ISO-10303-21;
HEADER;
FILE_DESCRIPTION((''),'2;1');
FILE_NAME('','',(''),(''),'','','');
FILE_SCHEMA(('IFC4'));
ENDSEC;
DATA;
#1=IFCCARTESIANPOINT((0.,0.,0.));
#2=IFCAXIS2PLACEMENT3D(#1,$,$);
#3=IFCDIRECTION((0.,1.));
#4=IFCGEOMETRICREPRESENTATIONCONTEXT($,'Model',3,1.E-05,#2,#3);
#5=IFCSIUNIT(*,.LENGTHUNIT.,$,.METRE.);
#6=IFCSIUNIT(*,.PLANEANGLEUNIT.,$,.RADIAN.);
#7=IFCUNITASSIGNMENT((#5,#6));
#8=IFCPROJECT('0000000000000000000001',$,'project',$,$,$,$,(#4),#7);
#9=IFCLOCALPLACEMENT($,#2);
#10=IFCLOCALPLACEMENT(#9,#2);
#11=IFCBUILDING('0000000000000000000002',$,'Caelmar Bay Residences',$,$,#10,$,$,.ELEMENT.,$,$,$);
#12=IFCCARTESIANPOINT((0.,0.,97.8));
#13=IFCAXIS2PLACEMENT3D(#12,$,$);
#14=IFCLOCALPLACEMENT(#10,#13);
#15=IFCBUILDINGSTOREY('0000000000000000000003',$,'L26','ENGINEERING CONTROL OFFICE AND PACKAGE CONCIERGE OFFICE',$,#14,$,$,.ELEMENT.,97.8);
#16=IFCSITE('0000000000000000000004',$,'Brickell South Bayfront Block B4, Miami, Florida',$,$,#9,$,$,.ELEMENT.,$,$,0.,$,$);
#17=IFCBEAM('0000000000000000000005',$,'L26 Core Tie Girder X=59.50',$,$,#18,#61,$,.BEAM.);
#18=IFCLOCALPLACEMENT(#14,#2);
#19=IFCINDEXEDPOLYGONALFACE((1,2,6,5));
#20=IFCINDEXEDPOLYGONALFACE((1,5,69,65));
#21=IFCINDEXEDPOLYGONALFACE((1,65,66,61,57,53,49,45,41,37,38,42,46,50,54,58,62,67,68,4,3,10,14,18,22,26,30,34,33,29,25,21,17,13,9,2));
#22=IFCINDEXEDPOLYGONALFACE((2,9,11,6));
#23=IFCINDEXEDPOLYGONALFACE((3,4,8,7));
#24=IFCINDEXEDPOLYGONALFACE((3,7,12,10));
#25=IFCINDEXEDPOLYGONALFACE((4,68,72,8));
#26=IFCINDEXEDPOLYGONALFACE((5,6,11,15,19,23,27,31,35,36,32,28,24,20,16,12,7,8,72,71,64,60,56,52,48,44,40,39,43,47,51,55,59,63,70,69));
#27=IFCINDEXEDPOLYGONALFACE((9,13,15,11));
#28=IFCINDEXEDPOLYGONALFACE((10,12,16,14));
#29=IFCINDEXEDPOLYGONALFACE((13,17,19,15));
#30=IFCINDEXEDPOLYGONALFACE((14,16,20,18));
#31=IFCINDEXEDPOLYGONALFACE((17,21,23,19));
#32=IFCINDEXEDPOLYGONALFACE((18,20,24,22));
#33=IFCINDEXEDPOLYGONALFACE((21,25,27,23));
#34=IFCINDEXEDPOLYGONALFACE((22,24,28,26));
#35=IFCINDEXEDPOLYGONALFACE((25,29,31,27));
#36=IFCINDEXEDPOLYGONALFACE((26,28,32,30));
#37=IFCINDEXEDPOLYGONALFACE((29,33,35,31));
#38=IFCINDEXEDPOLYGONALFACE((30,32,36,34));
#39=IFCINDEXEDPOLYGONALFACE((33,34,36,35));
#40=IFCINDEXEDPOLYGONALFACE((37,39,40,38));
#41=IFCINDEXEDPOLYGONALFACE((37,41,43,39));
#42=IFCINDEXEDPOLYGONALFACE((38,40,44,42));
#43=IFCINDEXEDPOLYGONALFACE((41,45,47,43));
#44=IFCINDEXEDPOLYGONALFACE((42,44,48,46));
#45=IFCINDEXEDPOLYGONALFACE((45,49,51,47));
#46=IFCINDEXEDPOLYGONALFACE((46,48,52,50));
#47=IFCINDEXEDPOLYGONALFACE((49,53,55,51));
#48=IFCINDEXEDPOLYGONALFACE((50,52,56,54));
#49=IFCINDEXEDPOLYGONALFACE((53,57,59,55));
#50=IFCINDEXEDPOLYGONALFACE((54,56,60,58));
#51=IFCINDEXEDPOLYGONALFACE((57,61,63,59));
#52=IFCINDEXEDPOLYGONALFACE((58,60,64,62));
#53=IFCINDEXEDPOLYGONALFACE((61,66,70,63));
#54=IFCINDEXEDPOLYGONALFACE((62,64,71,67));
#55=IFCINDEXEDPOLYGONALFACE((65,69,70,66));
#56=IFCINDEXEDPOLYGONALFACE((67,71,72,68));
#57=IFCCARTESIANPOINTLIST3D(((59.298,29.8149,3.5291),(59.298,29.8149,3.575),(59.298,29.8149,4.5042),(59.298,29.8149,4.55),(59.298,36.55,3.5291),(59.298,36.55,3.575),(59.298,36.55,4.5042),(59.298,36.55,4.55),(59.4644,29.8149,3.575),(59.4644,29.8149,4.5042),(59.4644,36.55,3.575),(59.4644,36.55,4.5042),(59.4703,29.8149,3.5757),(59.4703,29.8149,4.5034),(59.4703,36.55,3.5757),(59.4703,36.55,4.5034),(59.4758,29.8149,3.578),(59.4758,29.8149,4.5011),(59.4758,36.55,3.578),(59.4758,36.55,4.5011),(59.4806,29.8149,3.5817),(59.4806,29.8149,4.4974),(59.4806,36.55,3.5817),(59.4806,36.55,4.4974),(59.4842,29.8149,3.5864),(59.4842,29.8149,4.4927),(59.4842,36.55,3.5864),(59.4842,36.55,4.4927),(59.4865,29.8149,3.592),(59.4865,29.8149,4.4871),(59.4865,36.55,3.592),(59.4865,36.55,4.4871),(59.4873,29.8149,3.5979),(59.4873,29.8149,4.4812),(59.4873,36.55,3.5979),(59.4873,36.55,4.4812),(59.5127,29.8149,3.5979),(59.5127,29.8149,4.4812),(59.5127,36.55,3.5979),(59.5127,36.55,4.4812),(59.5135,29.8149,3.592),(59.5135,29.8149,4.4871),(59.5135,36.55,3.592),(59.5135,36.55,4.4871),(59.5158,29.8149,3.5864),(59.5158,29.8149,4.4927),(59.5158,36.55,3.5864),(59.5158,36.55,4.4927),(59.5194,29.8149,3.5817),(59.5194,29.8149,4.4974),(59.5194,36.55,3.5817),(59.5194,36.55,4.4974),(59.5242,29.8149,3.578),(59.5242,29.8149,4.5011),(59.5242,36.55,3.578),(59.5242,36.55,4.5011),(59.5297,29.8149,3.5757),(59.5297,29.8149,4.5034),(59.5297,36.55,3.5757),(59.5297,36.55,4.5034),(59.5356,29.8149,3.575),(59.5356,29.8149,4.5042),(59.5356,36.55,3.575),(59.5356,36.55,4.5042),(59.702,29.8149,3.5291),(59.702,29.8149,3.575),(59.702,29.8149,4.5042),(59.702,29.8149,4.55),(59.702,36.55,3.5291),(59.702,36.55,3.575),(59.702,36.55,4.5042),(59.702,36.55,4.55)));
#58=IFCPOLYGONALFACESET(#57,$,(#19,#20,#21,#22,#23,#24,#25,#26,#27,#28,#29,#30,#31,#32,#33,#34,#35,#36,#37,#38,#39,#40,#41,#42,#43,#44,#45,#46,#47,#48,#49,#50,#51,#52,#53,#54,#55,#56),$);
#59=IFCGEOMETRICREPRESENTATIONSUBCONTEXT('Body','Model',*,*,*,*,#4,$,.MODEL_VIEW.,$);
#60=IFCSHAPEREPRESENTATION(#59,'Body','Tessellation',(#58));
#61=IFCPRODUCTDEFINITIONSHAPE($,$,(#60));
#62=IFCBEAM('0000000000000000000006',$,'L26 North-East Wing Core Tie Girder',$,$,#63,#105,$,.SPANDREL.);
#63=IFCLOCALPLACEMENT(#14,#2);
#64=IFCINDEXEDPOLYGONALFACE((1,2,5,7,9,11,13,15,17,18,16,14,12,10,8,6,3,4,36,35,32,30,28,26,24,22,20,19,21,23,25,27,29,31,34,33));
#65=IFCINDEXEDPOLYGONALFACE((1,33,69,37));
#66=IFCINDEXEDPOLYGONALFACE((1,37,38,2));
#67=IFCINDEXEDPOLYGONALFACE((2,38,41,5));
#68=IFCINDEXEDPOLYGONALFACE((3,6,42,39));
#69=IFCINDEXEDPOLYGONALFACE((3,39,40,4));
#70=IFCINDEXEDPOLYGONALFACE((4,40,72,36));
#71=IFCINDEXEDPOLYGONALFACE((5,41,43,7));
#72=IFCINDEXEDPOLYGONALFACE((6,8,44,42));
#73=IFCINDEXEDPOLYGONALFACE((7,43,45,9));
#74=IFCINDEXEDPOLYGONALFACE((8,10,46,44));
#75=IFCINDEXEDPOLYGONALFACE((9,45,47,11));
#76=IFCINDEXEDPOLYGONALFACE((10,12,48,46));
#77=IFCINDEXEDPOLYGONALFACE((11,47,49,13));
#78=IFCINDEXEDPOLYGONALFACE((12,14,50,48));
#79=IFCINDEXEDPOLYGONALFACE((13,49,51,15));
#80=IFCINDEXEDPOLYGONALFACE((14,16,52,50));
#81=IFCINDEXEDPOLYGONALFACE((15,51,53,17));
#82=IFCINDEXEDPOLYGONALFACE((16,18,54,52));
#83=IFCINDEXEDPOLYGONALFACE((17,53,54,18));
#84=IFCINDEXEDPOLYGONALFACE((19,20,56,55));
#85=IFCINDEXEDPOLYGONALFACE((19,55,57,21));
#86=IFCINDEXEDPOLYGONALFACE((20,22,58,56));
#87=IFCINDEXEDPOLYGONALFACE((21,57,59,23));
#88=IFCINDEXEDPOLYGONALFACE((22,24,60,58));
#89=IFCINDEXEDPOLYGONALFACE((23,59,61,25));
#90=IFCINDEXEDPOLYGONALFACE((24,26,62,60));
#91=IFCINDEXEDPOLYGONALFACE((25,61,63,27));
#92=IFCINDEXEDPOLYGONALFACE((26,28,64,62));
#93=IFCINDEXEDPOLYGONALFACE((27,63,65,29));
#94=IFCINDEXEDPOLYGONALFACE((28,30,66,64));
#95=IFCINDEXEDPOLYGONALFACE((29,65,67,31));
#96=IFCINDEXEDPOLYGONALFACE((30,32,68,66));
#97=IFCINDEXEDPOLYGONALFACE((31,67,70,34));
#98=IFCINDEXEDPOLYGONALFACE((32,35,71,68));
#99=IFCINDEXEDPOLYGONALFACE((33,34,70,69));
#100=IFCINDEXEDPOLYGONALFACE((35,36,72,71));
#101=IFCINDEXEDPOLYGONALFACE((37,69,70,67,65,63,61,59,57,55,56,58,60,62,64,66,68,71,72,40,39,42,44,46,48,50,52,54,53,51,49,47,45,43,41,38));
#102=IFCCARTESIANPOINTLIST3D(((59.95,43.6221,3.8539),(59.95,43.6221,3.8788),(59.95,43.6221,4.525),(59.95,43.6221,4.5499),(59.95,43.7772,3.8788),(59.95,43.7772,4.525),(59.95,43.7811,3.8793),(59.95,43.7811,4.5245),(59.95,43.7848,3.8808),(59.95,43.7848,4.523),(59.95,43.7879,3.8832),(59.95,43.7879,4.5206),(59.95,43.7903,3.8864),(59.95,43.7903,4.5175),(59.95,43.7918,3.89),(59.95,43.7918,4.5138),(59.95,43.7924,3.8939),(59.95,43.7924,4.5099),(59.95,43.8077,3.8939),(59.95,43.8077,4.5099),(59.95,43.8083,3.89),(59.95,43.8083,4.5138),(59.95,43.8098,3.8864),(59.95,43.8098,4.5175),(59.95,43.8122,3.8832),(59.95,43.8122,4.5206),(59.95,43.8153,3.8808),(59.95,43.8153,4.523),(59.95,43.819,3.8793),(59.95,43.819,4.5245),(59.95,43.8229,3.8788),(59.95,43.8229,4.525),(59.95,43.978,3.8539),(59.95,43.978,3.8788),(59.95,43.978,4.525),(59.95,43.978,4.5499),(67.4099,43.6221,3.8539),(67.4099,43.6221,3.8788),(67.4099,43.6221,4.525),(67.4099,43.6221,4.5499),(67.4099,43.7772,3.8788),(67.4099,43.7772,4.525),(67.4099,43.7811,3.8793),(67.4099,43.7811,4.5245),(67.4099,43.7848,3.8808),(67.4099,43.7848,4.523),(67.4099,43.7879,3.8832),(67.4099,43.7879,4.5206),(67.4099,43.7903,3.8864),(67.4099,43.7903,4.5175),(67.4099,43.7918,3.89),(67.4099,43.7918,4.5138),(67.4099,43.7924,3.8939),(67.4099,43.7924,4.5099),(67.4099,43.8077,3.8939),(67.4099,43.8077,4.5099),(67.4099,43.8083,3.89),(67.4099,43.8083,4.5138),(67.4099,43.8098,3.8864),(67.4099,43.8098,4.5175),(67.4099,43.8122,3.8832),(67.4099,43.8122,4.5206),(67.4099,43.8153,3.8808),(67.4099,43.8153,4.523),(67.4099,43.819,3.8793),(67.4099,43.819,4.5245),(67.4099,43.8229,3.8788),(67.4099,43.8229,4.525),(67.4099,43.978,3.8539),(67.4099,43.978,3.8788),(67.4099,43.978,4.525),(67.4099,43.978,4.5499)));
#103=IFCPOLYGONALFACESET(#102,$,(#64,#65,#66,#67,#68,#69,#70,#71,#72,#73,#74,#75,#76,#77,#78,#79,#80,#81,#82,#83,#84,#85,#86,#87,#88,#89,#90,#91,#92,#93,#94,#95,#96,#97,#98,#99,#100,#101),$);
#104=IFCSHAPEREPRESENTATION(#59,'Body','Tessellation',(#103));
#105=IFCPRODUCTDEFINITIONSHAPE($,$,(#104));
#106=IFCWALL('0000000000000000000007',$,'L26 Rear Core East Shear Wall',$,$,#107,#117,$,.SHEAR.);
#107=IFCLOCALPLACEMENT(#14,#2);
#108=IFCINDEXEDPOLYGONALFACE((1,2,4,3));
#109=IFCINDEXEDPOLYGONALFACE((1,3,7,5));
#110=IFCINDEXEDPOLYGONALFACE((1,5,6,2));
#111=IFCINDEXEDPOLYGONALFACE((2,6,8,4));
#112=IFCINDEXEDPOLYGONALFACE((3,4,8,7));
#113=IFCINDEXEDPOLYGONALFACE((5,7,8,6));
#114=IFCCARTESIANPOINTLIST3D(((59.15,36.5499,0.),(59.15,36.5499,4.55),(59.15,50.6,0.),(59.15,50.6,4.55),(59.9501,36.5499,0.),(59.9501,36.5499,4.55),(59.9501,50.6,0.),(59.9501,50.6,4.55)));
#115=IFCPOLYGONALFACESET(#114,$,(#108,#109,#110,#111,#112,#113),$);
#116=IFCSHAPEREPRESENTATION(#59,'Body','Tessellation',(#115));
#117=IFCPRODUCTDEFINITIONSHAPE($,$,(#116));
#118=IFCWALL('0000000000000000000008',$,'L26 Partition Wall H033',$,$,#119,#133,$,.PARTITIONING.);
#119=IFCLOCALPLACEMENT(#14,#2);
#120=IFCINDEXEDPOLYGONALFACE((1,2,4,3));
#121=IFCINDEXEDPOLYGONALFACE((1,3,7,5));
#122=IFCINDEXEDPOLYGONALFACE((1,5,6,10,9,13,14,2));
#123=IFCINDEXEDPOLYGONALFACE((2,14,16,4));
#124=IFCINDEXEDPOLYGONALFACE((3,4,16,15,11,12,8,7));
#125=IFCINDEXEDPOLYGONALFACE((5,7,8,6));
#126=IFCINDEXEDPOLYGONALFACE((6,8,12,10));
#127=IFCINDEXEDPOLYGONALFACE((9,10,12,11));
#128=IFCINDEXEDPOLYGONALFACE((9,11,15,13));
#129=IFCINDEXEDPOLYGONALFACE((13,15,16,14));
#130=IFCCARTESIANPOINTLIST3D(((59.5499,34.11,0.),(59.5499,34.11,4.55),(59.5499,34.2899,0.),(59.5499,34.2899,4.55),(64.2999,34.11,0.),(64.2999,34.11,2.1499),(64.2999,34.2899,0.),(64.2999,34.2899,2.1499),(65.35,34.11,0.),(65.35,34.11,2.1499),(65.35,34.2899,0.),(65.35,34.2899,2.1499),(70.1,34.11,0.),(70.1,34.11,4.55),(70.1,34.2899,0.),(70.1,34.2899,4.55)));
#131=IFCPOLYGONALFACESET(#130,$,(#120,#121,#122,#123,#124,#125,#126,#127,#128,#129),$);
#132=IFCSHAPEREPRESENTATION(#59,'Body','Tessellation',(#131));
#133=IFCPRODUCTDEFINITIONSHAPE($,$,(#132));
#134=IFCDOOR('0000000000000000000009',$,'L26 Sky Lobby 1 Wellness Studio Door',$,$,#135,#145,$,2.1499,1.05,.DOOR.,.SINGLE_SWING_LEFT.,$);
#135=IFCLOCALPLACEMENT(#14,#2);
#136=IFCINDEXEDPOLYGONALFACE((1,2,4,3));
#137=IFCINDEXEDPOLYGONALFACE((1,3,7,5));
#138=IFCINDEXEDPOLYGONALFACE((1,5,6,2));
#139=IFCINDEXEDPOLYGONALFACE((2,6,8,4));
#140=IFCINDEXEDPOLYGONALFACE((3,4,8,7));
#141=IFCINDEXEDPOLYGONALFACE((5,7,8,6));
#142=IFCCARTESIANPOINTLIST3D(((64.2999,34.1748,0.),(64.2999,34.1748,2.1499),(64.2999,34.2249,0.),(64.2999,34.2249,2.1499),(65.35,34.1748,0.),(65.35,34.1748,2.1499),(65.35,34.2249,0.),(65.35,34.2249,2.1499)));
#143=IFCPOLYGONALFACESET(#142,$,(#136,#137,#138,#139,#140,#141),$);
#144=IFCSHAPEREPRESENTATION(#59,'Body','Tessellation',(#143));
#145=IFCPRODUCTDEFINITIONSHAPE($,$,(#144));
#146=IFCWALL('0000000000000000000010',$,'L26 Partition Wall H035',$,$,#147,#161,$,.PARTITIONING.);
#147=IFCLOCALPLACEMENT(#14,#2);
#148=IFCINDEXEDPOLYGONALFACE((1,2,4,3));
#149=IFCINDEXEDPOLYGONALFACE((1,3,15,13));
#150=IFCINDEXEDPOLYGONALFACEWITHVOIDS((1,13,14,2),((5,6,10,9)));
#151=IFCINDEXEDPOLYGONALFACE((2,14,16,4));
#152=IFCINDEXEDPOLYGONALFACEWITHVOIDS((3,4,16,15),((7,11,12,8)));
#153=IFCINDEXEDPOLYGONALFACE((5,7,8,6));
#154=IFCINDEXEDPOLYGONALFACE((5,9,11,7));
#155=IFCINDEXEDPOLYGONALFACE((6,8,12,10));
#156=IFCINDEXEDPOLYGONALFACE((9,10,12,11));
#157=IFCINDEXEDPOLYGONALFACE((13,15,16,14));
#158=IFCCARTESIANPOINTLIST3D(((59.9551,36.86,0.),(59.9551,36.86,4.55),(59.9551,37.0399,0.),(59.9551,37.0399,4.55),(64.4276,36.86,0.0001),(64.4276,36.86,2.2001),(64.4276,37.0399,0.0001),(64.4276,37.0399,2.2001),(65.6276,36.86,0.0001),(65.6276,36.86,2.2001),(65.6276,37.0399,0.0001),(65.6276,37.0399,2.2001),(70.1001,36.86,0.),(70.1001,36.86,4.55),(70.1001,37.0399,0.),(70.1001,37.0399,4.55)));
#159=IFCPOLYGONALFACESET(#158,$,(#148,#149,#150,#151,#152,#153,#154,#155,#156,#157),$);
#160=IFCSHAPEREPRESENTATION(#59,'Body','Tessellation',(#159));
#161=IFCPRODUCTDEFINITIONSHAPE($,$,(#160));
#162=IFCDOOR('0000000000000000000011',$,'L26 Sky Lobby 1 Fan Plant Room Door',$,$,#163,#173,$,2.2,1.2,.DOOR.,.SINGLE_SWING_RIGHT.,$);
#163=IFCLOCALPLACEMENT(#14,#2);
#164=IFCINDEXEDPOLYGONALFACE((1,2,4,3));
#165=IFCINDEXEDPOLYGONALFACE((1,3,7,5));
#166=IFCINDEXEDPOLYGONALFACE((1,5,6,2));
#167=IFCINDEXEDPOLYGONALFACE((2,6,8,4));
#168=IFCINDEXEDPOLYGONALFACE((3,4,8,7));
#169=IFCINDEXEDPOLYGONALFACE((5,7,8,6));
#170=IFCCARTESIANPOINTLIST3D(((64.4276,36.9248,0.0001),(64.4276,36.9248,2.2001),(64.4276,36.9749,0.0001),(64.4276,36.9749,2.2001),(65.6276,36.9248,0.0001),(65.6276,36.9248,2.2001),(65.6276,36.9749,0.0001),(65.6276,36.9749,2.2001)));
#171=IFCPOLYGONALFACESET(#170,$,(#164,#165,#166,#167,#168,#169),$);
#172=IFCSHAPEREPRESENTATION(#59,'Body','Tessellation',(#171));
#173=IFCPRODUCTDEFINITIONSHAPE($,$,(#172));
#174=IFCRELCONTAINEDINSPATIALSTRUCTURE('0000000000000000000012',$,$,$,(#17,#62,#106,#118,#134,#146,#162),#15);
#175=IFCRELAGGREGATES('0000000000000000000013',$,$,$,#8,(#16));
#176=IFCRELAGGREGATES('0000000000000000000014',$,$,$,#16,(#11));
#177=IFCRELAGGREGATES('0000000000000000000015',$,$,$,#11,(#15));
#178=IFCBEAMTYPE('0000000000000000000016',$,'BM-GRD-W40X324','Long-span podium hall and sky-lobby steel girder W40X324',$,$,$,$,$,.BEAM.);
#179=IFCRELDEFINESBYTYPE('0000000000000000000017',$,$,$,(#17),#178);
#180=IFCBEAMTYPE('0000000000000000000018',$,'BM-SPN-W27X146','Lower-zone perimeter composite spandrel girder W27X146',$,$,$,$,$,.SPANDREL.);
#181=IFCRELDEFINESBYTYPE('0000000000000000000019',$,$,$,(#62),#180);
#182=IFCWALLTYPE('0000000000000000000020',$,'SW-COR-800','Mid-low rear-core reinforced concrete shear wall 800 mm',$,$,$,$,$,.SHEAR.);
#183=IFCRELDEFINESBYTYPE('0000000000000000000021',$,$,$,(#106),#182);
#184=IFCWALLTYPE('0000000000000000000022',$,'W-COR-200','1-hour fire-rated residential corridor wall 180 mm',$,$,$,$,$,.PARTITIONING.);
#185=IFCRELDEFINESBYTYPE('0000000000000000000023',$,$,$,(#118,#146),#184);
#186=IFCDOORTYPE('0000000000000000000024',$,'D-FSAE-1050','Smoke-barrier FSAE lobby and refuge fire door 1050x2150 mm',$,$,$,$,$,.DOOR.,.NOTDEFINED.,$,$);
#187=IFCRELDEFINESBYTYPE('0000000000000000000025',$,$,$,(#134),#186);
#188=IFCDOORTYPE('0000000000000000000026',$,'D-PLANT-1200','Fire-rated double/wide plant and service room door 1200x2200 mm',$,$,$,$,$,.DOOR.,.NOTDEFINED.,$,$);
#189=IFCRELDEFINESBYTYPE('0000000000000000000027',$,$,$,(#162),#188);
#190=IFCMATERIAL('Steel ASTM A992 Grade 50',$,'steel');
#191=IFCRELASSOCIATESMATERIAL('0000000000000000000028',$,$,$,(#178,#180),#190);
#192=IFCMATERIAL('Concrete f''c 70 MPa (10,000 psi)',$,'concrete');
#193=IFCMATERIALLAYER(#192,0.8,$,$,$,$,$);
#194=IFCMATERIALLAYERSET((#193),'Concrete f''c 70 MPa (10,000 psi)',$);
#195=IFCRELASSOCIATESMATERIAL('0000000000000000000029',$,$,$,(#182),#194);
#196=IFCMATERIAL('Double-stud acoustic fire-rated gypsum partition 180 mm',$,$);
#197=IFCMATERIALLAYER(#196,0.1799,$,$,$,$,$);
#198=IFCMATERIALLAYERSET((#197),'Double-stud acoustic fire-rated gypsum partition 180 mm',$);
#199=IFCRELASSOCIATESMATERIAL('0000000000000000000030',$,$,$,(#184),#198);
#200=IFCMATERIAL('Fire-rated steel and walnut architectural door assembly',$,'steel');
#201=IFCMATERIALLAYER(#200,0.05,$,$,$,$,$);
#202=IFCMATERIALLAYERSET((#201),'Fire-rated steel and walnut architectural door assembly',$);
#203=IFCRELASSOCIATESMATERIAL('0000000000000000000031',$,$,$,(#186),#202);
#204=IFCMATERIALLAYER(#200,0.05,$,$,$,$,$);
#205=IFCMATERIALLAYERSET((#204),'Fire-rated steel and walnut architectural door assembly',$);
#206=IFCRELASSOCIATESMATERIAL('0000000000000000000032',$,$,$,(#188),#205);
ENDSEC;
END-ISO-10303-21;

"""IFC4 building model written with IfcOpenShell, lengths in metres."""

from ifc_helpers import new_model, si_unit, direction, frame, frame_2d, origin, origin_2d, place, context, subcontext, project, spatial, rectangle, i_section, extrude, material, layer, layer_set, material_profile, profile_set, type_object, element, fill, save


model = new_model("IFC4")

# Units and contexts
model_context = context("Model", 3, precision=1e-05, world=origin(), true_north=direction((0.0, 1.0)))
body_context = subcontext(model_context, "Body", "Model", "MODEL_VIEW")
ifc_project = project(units=[si_unit("LENGTHUNIT", "METRE"), si_unit("PLANEANGLEUNIT", "RADIAN")], contexts=[model_context])

# Site, building, storey
site_placement = place(None, origin())
site = spatial("IfcSite", under=ifc_project, at=site_placement, Name="Brickell South Bayfront Block B4, Miami, Florida", CompositionType="ELEMENT", RefElevation=0.0)
building_placement = place(site_placement, origin())
building = spatial("IfcBuilding", under=site, at=building_placement, Name="Caelmar Bay Residences", CompositionType="ELEMENT")
storey_placement = place(building_placement, frame((0.0, 0.0, 97.8)))
storey = spatial("IfcBuildingStorey", under=building, at=storey_placement, Name="L26", Description="ENGINEERING CONTROL OFFICE AND PACKAGE CONCIERGE OFFICE", CompositionType="ELEMENT", Elevation=97.8)

# Beams
ifc_material_1 = material(Name="Steel ASTM A992 Grade 50", Category="steel")
ifc_material_profile_1 = material_profile(ifc_material_1, i_section(OverallWidth=0.4041, OverallDepth=1.021, WebThickness=0.0254, FlangeThickness=0.0459, FilletRadius=0.0229, at=origin_2d()), Name="W40X324")
ifc_profile_set_1 = profile_set([ifc_material_profile_1], Name="Steel ASTM A992 Grade 50")
beam_type_1 = type_object("IfcBeamType", Name="BM-GRD-W40X324", Description="Long-span podium hall and sky-lobby steel girder W40X324", PredefinedType="BEAM", material=ifc_profile_set_1)
beam_1_placement = place(storey_placement, frame((59.5, 29.8149, 4.0396), z_axis=(0.0, 1.0, 0.0), x_axis=(-1.0, 0.0, 0.0)))
element("IfcBeam", 1, at=beam_1_placement, inside=storey, type_object=beam_type_1, Name="L26 Core Tie Girder X=59.50", PredefinedType="BEAM", context=body_context, shape_type="SweptSolid", body=[
    extrude(i_section(OverallWidth=0.4041, OverallDepth=1.021, WebThickness=0.0254, FlangeThickness=0.0459, FilletRadius=0.0229, at=origin_2d()), origin(), (0.0, 0.0, 1.0), 6.7351),
])
ifc_material_profile_2 = material_profile(ifc_material_1, i_section(OverallWidth=0.356, OverallDepth=0.696, WebThickness=0.0154, FlangeThickness=0.0249, FilletRadius=0.0151, at=origin_2d()), Name="W27X146")
ifc_profile_set_2 = profile_set([ifc_material_profile_2], Name="Steel ASTM A992 Grade 50")
beam_type_2 = type_object("IfcBeamType", Name="BM-SPN-W27X146", Description="Lower-zone perimeter composite spandrel girder W27X146", PredefinedType="SPANDREL", material=ifc_profile_set_2)
beam_2_placement = place(storey_placement, frame((59.95, 43.8, 4.2019), z_axis=(1.0, 0.0, 0.0), x_axis=(0.0, 1.0, 0.0)))
element("IfcBeam", 2, at=beam_2_placement, inside=storey, type_object=beam_type_2, Name="L26 North-East Wing Core Tie Girder", PredefinedType="SPANDREL", context=body_context, shape_type="SweptSolid", body=[
    extrude(i_section(OverallWidth=0.356, OverallDepth=0.696, WebThickness=0.0154, FlangeThickness=0.0249, FilletRadius=0.0151, at=origin_2d()), origin(), (0.0, 0.0, 1.0), 7.46),
])

# Wall
ifc_material_2 = material(Name="Concrete f'c 70 MPa (10,000 psi)", Category="concrete")
ifc_layer_1 = layer(ifc_material_2, 0.8)
ifc_layer_set_1 = layer_set([ifc_layer_1], Name="Concrete f'c 70 MPa (10,000 psi)")
wall_type_1 = type_object("IfcWallType", Name="SW-COR-800", Description="Mid-low rear-core reinforced concrete shear wall 800 mm", PredefinedType="SHEAR", material=ifc_layer_set_1)
wall_1_placement = place(storey_placement, frame((59.55, 36.55, 0.0), z_axis=(0.0, 0.0, 1.0), x_axis=(0.0, 1.0, 0.0)))
element("IfcWall", 3, at=wall_1_placement, inside=storey, type_object=wall_type_1, Name="L26 Rear Core East Shear Wall", PredefinedType="SHEAR", context=body_context, shape_type="SweptSolid", body=[
    extrude(rectangle(XDim=14.05, YDim=0.8, at=frame_2d((7.0249, 0.0))), origin(), (0.0, 0.0, 1.0), 4.55),
])

# Walls, openings, doors
ifc_material_3 = material(Name="Double-stud acoustic fire-rated gypsum partition 180 mm")
ifc_layer_2 = layer(ifc_material_3, 0.1799)
ifc_layer_set_2 = layer_set([ifc_layer_2], Name="Double-stud acoustic fire-rated gypsum partition 180 mm")
wall_type_2 = type_object("IfcWallType", Name="W-COR-200", Description="1-hour fire-rated residential corridor wall 180 mm", PredefinedType="PARTITIONING", material=ifc_layer_set_2)
wall_2_placement = place(storey_placement, frame((59.55, 34.2, 0.0), z_axis=(0.0, 0.0, 1.0), x_axis=(1.0, 0.0, 0.0)))
wall_2 = element("IfcWall", 4, at=wall_2_placement, inside=storey, type_object=wall_type_2, Name="L26 Partition Wall H033", PredefinedType="PARTITIONING", context=body_context, shape_type="SweptSolid", body=[
    extrude(rectangle(XDim=10.55, YDim=0.1799, at=frame_2d((5.2749, 0.0))), origin(), (0.0, 0.0, 1.0), 4.55),
])
opening_1_placement = place(wall_2_placement, frame((4.75, 0.0, 0.0)))
opening_1 = element("IfcOpeningElement", 5, at=opening_1_placement, cuts=wall_2, PredefinedType="OPENING", context=body_context, shape_type="SweptSolid", body=[
    extrude(rectangle(XDim=1.05, YDim=2.1499, at=frame_2d((0.5249, 1.075))), frame((0.0, 0.0999, 0.0), z_axis=(0.0, -1.0, 0.0), x_axis=(1.0, 0.0, 0.0)), (0.0, 0.0, 1.0), 0.2),
])
ifc_material_4 = material(Name="Fire-rated steel and walnut architectural door assembly", Category="steel")
ifc_layer_3 = layer(ifc_material_4, 0.05)
ifc_layer_set_3 = layer_set([ifc_layer_3], Name="Fire-rated steel and walnut architectural door assembly")
door_type_1 = type_object("IfcDoorType", Name="D-FSAE-1050", Description="Smoke-barrier FSAE lobby and refuge fire door 1050x2150 mm", OperationType="NOTDEFINED", PredefinedType="DOOR", material=ifc_layer_set_3)
door_1_placement = place(opening_1_placement, origin())
door_1 = element("IfcDoor", 6, at=door_1_placement, inside=storey, type_object=door_type_1, Name="L26 Sky Lobby 1 Wellness Studio Door", OperationType="SINGLE_SWING_LEFT", OverallHeight=2.1499, OverallWidth=1.05, PredefinedType="DOOR", context=body_context, shape_type="SweptSolid", body=[
    extrude(rectangle(XDim=1.05, YDim=2.1499, at=frame_2d((0.5249, 1.075))), frame((0.0, 0.0249, 0.0), z_axis=(0.0, -1.0, 0.0), x_axis=(1.0, 0.0, 0.0)), (0.0, 0.0, 1.0), 0.05),
])
fill(opening_1, door_1)
wall_3_placement = place(storey_placement, frame((59.9551, 36.95, 0.0), z_axis=(0.0, 0.0, 1.0), x_axis=(1.0, 0.0, 0.0)))
wall_3 = element("IfcWall", 7, at=wall_3_placement, inside=storey, type_object=wall_type_2, Name="L26 Partition Wall H035", PredefinedType="PARTITIONING", context=body_context, shape_type="SweptSolid", body=[
    extrude(rectangle(XDim=10.145, YDim=0.1799, at=frame_2d((5.0725, 0.0))), origin(), (0.0, 0.0, 1.0), 4.55),
])
opening_2_placement = place(wall_3_placement, frame((4.4724, 0.0, 0.0)))
opening_2 = element("IfcOpeningElement", 8, at=opening_2_placement, cuts=wall_3, PredefinedType="OPENING", context=body_context, shape_type="SweptSolid", body=[
    extrude(rectangle(XDim=1.2, YDim=2.2, at=frame_2d((0.6001, 1.1001))), frame((0.0, 0.0999, 0.0), z_axis=(0.0, -1.0, 0.0), x_axis=(1.0, 0.0, 0.0)), (0.0, 0.0, 1.0), 0.2),
])
ifc_layer_4 = layer(ifc_material_4, 0.05)
ifc_layer_set_4 = layer_set([ifc_layer_4], Name="Fire-rated steel and walnut architectural door assembly")
door_type_2 = type_object("IfcDoorType", Name="D-PLANT-1200", Description="Fire-rated double/wide plant and service room door 1200x2200 mm", OperationType="NOTDEFINED", PredefinedType="DOOR", material=ifc_layer_set_4)
door_2_placement = place(opening_2_placement, origin())
door_2 = element("IfcDoor", 9, at=door_2_placement, inside=storey, type_object=door_type_2, Name="L26 Sky Lobby 1 Fan Plant Room Door", OperationType="SINGLE_SWING_RIGHT", OverallHeight=2.2, OverallWidth=1.2, PredefinedType="DOOR", context=body_context, shape_type="SweptSolid", body=[
    extrude(rectangle(XDim=1.2, YDim=2.2, at=frame_2d((0.6001, 1.1001))), frame((0.0, 0.0249, 0.0), z_axis=(0.0, -1.0, 0.0), x_axis=(1.0, 0.0, 0.0)), (0.0, 0.0, 1.0), 0.05),
])
fill(opening_2, door_2)

save(model, "model.ifc")
